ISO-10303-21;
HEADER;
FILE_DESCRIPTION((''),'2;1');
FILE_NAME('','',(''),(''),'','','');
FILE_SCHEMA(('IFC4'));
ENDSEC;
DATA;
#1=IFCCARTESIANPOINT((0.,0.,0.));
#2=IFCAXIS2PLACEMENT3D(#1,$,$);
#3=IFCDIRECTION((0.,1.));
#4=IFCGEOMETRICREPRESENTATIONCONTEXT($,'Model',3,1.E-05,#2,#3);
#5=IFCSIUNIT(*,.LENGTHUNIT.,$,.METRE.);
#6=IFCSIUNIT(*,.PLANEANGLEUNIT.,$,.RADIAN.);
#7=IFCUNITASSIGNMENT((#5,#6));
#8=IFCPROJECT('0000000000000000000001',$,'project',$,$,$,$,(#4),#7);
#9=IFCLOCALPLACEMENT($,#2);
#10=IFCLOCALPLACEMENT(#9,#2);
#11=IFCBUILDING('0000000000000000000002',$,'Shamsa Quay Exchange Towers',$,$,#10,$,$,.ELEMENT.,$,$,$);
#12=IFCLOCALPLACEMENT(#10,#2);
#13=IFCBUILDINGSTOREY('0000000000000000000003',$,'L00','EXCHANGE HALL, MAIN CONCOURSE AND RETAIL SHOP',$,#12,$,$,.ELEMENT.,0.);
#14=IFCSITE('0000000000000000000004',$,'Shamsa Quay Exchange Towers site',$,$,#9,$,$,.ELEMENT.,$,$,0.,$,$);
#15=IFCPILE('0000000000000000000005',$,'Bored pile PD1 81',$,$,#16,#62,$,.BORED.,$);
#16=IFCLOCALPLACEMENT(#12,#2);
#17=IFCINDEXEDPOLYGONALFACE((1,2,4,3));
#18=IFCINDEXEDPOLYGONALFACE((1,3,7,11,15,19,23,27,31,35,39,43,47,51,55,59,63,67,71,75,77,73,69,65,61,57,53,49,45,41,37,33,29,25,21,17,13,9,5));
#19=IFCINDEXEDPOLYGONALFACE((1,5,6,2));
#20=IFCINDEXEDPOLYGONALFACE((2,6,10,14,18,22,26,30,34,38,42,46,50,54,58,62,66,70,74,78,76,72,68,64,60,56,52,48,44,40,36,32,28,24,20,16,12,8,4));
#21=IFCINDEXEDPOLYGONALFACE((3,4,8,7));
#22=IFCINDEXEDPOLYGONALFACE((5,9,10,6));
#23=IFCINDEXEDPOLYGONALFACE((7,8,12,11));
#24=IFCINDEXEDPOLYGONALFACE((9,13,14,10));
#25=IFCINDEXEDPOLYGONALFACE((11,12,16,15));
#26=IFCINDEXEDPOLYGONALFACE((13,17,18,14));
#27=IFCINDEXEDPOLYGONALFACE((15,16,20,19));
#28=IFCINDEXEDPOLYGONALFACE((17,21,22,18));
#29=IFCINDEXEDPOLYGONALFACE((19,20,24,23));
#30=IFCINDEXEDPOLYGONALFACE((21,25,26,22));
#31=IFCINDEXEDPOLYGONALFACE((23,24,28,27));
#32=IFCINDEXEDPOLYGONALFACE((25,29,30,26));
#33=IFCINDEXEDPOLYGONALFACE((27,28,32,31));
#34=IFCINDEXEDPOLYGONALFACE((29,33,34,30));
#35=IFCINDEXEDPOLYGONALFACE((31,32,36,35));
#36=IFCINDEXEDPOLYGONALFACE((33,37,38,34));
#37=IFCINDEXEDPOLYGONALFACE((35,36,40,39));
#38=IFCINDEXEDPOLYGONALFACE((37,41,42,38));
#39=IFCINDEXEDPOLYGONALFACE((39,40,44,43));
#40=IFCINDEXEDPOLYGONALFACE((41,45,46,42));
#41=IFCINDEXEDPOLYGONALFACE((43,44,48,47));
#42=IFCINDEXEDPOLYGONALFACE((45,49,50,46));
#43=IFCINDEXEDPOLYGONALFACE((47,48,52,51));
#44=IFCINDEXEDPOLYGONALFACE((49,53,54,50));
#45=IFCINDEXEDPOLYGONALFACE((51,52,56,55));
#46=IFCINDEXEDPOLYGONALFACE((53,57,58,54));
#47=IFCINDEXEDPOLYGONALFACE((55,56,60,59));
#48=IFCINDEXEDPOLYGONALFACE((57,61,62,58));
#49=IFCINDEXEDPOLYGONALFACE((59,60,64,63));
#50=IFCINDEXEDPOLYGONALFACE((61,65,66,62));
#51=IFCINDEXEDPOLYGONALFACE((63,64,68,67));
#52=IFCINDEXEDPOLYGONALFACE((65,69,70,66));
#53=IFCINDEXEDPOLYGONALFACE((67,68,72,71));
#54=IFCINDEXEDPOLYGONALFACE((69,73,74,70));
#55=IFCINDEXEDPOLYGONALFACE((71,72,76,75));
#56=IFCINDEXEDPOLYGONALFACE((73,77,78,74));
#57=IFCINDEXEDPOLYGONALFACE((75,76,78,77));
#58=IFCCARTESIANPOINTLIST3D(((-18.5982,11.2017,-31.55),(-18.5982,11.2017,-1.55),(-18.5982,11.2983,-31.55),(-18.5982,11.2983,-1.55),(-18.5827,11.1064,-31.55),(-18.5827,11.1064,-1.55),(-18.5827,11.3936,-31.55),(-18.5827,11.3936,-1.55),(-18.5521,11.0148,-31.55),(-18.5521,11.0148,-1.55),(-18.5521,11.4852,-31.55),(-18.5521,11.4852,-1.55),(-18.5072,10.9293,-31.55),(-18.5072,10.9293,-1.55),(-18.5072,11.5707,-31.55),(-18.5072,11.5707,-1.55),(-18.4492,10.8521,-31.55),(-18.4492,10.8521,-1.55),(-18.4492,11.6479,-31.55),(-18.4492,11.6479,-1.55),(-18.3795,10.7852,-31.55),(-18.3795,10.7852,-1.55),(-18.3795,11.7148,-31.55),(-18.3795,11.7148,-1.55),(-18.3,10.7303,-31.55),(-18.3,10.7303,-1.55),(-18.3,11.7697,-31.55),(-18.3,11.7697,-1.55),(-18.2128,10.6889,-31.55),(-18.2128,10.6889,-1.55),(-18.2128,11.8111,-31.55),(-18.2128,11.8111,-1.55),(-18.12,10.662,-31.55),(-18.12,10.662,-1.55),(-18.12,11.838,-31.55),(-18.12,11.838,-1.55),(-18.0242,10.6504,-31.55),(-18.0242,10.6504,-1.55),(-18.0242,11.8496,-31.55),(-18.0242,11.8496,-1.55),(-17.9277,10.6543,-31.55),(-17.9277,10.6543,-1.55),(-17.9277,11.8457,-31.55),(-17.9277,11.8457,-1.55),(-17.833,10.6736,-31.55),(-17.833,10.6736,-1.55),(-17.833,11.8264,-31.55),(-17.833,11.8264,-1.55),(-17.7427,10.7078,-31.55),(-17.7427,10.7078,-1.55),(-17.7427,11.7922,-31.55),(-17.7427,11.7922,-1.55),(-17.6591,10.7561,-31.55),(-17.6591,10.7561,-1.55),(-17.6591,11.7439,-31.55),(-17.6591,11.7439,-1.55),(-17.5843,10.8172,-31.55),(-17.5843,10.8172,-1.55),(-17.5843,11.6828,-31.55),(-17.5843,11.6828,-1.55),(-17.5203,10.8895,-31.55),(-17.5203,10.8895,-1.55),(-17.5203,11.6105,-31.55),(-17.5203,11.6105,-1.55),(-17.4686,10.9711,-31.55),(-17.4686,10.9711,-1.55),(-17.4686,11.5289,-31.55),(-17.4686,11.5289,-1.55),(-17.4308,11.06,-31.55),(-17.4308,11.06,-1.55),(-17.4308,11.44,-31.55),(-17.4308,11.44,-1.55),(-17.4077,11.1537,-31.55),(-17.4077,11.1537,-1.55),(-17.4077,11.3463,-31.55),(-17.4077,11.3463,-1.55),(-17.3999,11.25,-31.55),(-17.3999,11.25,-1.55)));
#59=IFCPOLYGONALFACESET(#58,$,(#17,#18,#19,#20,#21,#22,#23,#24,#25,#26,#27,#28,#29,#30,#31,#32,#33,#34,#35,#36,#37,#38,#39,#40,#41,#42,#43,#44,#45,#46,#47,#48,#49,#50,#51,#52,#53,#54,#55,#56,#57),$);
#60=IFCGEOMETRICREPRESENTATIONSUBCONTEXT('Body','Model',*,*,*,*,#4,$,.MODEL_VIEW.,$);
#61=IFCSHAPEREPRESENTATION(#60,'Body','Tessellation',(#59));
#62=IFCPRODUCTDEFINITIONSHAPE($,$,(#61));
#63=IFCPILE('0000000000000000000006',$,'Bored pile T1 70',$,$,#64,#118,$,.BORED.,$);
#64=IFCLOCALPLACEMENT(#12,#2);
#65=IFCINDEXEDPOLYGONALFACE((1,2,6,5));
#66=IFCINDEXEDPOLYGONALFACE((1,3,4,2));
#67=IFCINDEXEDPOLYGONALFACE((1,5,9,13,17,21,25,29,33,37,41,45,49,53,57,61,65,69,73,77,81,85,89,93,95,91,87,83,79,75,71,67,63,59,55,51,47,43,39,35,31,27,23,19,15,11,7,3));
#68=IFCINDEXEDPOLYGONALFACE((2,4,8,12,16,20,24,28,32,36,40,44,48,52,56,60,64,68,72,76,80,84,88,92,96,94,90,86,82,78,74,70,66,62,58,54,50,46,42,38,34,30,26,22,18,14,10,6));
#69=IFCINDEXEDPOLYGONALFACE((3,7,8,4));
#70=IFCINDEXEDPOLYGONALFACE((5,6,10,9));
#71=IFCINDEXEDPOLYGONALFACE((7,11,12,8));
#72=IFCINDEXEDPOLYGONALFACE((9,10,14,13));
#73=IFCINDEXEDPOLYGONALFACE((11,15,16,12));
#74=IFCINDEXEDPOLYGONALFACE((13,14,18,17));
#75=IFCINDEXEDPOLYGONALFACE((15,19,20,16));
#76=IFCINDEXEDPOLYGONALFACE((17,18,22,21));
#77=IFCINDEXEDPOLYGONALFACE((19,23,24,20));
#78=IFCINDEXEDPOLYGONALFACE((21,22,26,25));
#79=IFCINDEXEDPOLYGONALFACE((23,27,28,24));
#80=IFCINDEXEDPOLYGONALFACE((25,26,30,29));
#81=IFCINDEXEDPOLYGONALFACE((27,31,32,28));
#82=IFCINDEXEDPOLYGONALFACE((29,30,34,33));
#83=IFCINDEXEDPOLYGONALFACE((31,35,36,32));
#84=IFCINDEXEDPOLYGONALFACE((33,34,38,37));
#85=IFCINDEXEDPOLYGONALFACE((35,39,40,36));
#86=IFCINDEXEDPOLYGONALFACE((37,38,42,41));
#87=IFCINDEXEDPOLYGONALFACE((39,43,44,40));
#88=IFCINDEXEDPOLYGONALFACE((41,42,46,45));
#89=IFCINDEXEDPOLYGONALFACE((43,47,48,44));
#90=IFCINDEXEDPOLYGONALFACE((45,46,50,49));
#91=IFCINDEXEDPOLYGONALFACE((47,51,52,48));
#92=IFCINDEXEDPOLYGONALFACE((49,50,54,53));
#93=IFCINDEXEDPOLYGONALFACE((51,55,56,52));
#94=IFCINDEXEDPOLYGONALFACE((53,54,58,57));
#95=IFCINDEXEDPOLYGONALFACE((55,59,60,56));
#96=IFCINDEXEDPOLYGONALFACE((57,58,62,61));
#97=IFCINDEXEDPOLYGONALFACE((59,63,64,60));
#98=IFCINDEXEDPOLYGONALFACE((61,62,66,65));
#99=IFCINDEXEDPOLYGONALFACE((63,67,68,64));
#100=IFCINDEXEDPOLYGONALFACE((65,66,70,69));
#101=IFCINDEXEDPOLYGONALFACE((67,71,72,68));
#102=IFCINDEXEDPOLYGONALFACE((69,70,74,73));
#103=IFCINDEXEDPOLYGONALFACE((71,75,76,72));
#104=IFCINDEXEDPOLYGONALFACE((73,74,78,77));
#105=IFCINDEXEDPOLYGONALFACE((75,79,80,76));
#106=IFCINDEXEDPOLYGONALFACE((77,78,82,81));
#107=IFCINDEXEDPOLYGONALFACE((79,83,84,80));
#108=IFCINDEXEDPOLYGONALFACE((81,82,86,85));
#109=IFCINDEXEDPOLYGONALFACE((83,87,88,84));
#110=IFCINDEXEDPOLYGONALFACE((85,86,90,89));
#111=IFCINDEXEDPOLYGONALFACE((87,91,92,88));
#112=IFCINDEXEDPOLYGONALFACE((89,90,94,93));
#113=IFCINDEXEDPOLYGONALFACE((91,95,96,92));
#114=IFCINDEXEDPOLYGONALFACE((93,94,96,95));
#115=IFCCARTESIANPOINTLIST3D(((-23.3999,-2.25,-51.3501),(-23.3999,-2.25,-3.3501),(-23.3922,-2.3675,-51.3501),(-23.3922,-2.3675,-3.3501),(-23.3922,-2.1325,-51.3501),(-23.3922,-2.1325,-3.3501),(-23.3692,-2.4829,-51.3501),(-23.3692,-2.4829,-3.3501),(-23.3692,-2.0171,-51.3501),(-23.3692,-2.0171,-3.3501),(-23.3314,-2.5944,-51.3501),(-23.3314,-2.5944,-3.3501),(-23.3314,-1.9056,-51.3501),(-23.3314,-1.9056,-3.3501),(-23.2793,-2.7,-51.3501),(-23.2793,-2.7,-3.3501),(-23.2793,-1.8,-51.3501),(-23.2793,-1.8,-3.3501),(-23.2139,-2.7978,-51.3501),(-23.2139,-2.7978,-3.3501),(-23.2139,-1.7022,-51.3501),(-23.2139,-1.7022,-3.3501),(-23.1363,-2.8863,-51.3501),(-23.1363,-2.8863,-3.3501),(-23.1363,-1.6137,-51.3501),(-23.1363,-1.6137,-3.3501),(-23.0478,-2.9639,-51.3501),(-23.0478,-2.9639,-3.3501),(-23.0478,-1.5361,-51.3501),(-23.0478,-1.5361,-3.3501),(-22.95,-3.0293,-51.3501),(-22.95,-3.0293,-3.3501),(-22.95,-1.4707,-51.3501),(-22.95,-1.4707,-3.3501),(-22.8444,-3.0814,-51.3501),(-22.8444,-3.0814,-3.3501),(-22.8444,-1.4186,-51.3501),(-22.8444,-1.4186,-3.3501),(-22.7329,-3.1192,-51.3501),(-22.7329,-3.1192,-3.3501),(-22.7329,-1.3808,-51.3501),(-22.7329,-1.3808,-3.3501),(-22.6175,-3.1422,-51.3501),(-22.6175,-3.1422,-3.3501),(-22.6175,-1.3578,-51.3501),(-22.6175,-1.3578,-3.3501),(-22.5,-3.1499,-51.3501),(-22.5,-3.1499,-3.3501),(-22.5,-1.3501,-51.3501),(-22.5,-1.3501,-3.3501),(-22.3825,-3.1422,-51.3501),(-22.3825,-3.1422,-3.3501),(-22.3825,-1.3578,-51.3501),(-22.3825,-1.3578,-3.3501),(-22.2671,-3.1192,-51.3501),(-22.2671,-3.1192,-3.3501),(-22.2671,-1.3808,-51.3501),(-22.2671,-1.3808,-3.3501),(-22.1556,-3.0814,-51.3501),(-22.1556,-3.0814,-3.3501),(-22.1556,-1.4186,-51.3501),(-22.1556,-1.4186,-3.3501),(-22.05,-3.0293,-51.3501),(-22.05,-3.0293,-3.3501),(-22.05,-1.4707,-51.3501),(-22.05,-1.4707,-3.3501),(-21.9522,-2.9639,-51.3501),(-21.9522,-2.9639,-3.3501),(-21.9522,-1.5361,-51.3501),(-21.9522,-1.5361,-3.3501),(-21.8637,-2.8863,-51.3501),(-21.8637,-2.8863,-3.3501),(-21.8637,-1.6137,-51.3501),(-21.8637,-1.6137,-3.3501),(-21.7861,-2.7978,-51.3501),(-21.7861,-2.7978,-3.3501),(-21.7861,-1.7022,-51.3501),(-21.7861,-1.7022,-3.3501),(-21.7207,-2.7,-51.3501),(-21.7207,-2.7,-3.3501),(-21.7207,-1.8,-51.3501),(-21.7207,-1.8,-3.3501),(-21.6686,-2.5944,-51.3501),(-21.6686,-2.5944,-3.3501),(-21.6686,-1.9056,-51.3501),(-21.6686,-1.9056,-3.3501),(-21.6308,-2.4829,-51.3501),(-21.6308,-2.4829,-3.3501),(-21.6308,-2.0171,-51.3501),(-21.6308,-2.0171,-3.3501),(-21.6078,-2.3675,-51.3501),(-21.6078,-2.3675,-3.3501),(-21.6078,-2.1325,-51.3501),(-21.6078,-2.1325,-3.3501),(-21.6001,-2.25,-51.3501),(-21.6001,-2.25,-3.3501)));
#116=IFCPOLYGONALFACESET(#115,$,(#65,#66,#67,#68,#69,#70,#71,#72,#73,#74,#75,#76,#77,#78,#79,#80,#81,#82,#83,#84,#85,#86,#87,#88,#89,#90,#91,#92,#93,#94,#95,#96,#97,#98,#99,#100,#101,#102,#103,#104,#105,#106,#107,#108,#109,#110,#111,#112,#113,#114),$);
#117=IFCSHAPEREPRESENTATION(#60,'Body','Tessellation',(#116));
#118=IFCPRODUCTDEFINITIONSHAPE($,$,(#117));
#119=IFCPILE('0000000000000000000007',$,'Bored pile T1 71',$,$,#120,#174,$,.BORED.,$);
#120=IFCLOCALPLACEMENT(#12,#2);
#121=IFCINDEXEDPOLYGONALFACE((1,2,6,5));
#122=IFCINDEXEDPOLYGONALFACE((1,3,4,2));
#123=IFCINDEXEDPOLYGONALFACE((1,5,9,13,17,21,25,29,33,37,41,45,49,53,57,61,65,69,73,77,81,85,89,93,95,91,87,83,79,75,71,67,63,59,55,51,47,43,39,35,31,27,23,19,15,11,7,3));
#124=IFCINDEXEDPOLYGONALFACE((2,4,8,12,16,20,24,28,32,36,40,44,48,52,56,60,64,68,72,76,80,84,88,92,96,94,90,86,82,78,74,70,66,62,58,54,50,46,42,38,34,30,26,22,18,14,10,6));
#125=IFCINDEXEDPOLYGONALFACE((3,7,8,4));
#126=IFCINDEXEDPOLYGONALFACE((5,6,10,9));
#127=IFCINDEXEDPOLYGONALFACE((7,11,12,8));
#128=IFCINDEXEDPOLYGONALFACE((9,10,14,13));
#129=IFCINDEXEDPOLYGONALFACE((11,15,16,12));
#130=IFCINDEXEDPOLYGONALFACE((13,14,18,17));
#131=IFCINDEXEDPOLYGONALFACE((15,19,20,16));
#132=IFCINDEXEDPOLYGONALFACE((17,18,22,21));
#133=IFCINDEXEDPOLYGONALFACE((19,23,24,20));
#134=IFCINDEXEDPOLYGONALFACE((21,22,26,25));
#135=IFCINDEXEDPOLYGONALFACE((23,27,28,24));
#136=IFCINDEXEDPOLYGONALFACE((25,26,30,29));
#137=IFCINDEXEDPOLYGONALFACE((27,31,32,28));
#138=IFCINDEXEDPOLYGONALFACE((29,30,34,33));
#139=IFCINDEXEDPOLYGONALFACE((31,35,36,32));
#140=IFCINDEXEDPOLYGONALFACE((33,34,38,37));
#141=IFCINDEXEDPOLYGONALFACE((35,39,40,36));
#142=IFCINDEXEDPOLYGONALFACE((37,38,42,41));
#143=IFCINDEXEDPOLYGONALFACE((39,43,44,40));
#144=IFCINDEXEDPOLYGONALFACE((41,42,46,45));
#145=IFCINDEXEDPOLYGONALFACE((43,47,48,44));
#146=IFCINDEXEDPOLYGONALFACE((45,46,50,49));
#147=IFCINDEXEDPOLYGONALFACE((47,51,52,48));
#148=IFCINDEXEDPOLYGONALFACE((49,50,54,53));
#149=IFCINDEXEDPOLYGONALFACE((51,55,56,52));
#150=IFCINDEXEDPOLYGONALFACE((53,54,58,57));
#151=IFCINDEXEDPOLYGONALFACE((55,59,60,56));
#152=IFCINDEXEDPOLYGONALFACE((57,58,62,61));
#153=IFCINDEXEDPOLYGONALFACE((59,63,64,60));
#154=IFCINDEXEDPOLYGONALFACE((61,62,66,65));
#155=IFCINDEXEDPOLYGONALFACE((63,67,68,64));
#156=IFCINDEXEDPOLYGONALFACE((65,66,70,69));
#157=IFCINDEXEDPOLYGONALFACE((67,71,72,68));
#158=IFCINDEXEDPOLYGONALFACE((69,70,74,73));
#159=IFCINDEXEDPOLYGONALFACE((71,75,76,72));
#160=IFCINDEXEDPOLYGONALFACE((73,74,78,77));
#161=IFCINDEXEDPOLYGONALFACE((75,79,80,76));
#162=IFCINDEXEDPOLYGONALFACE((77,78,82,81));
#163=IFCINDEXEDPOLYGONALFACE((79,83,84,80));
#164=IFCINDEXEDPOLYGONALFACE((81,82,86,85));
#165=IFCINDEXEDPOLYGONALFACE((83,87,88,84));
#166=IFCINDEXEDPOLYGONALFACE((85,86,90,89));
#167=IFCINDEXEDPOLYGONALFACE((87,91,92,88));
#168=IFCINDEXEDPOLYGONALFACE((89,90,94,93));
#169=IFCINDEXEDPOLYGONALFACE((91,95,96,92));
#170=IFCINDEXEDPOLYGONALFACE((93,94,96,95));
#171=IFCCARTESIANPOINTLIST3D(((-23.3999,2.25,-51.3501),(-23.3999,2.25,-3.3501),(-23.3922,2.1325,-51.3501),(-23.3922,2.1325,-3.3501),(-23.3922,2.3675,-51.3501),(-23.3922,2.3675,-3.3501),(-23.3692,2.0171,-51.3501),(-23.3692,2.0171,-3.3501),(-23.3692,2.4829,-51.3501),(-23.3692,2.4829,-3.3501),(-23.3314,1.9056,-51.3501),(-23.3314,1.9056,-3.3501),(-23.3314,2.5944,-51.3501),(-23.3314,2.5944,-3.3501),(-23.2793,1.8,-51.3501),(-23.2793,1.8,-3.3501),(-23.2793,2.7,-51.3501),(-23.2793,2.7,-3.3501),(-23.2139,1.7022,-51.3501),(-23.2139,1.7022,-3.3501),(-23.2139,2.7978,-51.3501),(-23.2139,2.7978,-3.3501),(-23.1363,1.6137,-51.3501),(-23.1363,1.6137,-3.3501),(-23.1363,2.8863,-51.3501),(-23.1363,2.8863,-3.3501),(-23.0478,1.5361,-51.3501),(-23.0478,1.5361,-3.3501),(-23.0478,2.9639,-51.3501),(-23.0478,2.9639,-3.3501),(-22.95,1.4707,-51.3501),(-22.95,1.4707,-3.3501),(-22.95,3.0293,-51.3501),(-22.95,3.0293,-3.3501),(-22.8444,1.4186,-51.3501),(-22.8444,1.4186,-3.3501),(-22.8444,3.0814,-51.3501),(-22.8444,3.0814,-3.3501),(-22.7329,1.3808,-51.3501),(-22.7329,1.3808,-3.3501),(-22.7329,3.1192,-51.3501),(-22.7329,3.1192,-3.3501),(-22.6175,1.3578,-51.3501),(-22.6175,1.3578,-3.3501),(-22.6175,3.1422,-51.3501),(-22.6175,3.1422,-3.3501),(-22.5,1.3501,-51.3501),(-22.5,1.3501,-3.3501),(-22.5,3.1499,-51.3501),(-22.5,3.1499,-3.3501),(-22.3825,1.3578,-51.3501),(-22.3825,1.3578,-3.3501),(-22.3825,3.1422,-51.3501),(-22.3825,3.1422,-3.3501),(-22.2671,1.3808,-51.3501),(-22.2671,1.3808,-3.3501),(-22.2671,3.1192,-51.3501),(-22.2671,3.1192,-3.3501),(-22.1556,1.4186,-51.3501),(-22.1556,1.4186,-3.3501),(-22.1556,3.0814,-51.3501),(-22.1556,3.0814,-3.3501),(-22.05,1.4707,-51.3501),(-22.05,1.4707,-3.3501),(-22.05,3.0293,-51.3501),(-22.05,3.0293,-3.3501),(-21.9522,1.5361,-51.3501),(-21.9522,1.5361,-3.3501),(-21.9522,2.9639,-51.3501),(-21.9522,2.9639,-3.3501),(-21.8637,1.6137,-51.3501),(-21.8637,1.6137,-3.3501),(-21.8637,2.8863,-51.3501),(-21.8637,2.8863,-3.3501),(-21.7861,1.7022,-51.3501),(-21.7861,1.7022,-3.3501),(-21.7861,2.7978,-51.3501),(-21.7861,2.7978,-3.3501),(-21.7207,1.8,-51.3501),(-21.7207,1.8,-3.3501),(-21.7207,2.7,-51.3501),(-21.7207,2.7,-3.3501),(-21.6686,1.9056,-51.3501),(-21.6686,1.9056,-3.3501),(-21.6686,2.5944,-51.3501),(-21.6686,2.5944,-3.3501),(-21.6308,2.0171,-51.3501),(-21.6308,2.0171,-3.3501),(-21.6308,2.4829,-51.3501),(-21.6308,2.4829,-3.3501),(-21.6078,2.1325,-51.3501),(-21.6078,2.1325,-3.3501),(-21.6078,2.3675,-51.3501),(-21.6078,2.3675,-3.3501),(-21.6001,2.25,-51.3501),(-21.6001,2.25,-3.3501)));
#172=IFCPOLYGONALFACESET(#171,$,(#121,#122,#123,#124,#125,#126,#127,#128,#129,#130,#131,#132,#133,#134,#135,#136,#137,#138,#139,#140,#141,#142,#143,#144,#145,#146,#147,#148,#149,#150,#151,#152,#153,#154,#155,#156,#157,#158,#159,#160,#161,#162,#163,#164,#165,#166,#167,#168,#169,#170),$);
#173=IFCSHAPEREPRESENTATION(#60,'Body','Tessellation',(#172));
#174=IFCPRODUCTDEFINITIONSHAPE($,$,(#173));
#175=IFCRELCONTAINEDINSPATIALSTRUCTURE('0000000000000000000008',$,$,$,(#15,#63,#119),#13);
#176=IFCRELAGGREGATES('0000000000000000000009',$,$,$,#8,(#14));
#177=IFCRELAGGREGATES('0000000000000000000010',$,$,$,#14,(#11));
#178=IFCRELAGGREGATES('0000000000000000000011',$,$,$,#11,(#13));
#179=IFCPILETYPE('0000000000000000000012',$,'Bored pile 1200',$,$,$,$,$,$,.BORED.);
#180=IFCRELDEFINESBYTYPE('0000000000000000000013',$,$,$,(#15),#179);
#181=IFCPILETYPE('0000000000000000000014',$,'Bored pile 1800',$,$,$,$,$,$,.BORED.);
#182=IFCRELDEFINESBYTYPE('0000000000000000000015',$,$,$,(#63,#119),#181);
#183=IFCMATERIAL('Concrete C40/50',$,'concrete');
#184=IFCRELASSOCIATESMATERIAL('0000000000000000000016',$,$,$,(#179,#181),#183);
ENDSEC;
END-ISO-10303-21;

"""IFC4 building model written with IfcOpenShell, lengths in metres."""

from ifc_helpers import new_model, si_unit, direction, frame, origin, origin_2d, place, context, subcontext, project, spatial, circle, extrude, material, material_profile, profile_set, type_object, element, save


model = new_model("IFC4")

# Units and contexts
model_context = context("Model", 3, precision=1e-05, world=origin(), true_north=direction((0.0, 1.0)))
body_context = subcontext(model_context, "Body", "Model", "MODEL_VIEW")
ifc_project = project(units=[si_unit("LENGTHUNIT", "METRE"), si_unit("PLANEANGLEUNIT", "RADIAN")], contexts=[model_context])

# Site, building, storey
site_placement = place(None, origin())
site = spatial("IfcSite", under=ifc_project, at=site_placement, Name="Shamsa Quay Exchange Towers site", CompositionType="ELEMENT", RefElevation=0.0)
building_placement = place(site_placement, origin())
building = spatial("IfcBuilding", under=site, at=building_placement, Name="Shamsa Quay Exchange Towers", CompositionType="ELEMENT")
storey_placement = place(building_placement, origin())
storey = spatial("IfcBuildingStorey", under=building, at=storey_placement, Name="L00", Description="EXCHANGE HALL, MAIN CONCOURSE AND RETAIL SHOP", CompositionType="ELEMENT", Elevation=0.0)

# Piles
ifc_material_1 = material(Name="Concrete C40/50", Category="concrete")
ifc_material_profile_1 = material_profile(ifc_material_1, circle(Radius=0.6001, at=origin_2d()), Name="BP1200")
ifc_profile_set_1 = profile_set([ifc_material_profile_1], Name="Concrete C40/50")
pile_type_1 = type_object("IfcPileType", Name="Bored pile 1200", PredefinedType="BORED", material=ifc_profile_set_1)
pile_placement = place(storey_placement, frame((-18.0, 11.25, -1.55), z_axis=(0.0, 0.0, -1.0), x_axis=(1.0, 0.0, 0.0)))
element("IfcPile", 1, at=pile_placement, inside=storey, type_object=pile_type_1, Name="Bored pile PD1 81", PredefinedType="BORED", context=body_context, shape_type="SweptSolid", body=[
    extrude(circle(Radius=0.6001, at=origin_2d()), origin(), (0.0, 0.0, 1.0), 30.0),
])
ifc_material_profile_2 = material_profile(ifc_material_1, circle(Radius=0.8999, at=origin_2d()), Name="BP1800")
ifc_profile_set_2 = profile_set([ifc_material_profile_2], Name="Concrete C40/50")
pile_type_2 = type_object("IfcPileType", Name="Bored pile 1800", PredefinedType="BORED", material=ifc_profile_set_2)
for number, where, z_axis, x_axis, name in (
    (2, (-22.5, -2.25, -3.3501), (0.0, 0.0, -1.0), (1.0, 0.0, 0.0), "Bored pile T1 70"),
    (3, (-22.5, 2.25, -3.3501), (0.0, 0.0, -1.0), (1.0, 0.0, 0.0), "Bored pile T1 71"),
):
    element("IfcPile", number, at=place(storey_placement, frame(where, z_axis=z_axis, x_axis=x_axis)), inside=storey, type_object=pile_type_2, Name=name, PredefinedType="BORED", context=body_context, shape_type="SweptSolid", body=[
        extrude(circle(Radius=0.8999, at=origin_2d()), origin(), (0.0, 0.0, 1.0), 48.0),
    ])

save(model, "model.ifc")
